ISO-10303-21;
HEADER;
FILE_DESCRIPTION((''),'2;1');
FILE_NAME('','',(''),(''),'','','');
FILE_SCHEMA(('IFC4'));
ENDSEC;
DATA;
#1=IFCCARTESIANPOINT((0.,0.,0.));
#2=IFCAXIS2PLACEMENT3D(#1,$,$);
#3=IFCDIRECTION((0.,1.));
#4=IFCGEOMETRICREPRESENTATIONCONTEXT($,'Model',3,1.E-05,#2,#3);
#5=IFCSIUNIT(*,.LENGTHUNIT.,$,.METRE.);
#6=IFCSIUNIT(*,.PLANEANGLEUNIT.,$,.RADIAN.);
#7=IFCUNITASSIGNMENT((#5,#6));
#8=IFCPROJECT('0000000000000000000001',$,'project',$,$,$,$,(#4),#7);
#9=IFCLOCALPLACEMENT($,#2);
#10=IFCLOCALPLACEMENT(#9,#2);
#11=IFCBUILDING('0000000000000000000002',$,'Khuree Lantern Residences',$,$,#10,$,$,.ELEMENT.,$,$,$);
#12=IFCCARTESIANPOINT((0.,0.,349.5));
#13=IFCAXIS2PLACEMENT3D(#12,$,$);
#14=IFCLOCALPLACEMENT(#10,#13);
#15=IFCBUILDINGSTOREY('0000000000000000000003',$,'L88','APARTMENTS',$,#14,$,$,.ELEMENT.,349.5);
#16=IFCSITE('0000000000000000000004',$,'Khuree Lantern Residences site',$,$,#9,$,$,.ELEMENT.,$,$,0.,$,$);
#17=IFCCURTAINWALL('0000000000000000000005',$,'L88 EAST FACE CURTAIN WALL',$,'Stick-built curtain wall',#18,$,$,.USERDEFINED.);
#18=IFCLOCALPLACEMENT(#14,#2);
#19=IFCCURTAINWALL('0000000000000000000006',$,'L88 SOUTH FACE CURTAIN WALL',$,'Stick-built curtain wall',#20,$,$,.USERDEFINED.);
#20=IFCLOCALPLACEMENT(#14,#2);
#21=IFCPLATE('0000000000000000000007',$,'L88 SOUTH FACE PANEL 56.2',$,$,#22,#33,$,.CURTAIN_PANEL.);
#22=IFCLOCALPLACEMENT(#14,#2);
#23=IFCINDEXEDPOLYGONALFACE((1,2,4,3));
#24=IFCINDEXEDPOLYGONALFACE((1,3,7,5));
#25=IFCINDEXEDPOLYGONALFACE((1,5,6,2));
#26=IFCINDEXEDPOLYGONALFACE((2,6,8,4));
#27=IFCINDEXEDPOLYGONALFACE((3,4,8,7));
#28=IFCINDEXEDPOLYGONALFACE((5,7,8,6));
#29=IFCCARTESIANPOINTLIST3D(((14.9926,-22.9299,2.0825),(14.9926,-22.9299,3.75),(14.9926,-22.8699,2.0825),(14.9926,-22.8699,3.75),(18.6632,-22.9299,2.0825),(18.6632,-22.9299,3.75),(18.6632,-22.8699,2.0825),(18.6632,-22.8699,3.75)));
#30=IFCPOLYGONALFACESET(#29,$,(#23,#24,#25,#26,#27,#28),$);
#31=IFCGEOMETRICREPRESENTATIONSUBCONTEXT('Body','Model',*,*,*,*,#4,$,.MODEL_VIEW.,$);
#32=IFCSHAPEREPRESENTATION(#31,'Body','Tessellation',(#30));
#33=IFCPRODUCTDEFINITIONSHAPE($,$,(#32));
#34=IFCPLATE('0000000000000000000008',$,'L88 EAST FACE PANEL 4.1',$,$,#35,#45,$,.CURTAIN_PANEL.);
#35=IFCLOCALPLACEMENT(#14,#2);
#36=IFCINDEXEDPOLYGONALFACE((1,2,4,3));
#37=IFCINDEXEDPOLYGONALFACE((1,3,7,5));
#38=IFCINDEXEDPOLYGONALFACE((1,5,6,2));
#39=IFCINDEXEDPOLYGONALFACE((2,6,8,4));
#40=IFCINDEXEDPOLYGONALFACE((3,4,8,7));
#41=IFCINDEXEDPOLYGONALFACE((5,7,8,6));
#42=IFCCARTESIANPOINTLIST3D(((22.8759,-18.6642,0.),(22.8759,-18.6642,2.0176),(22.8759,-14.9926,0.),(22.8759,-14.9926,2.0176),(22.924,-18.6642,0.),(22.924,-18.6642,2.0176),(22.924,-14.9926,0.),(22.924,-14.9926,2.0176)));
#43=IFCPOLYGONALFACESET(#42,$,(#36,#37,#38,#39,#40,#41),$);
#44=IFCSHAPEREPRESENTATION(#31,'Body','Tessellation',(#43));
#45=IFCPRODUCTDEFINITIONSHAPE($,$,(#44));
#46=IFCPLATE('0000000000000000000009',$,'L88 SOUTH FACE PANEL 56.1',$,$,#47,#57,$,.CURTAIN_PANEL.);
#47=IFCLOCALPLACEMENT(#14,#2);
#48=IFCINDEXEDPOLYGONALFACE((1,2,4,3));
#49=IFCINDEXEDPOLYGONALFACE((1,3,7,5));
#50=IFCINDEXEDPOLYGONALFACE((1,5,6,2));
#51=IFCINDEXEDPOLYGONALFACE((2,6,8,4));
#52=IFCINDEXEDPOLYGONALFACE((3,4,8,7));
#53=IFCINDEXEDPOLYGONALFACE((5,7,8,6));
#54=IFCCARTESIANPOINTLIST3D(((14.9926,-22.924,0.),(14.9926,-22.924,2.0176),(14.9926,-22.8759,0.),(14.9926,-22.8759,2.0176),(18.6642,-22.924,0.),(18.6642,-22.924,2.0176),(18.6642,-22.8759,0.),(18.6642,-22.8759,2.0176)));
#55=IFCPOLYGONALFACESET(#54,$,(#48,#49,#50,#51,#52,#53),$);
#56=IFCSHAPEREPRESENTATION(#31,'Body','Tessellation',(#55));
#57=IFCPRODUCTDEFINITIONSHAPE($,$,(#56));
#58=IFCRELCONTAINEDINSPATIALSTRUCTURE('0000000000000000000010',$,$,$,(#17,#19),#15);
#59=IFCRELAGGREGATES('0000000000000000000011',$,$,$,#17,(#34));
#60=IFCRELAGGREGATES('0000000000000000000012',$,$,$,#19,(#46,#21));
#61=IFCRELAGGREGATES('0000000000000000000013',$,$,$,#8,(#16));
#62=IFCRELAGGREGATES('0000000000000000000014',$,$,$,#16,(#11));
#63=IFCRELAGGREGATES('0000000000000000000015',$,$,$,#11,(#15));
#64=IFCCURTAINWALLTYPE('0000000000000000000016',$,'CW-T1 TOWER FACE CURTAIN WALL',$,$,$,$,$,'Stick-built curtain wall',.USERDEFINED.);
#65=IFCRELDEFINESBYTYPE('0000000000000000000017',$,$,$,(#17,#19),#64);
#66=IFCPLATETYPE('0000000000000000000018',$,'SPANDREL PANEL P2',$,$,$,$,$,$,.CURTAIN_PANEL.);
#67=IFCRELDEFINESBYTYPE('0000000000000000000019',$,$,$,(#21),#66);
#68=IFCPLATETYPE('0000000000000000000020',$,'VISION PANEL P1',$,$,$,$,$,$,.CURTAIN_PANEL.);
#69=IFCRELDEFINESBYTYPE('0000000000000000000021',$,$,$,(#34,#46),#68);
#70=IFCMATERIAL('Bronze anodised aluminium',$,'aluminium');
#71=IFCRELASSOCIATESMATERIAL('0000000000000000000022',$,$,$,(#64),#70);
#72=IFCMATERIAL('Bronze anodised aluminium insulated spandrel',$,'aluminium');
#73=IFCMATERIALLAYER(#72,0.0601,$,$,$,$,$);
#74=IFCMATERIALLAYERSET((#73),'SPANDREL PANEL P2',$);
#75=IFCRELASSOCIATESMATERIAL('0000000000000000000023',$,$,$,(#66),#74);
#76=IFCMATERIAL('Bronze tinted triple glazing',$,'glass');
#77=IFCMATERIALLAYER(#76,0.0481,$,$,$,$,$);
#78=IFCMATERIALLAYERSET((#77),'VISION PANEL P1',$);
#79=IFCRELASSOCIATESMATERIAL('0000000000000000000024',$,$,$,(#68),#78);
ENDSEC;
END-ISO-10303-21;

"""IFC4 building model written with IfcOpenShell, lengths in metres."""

from ifc_helpers import new_model, si_unit, direction, frame, origin, origin_2d, place, context, subcontext, project, spatial, rectangle, extrude, material, layer, layer_set, type_object, element, aggregate, save


model = new_model("IFC4")

# Units and contexts
model_context = context("Model", 3, precision=1e-05, world=origin(), true_north=direction((0.0, 1.0)))
body_context = subcontext(model_context, "Body", "Model", "MODEL_VIEW")
ifc_project = project(units=[si_unit("LENGTHUNIT", "METRE"), si_unit("PLANEANGLEUNIT", "RADIAN")], contexts=[model_context])

# Site, building, storey
site_placement = place(None, origin())
site = spatial("IfcSite", under=ifc_project, at=site_placement, Name="Khuree Lantern Residences site", CompositionType="ELEMENT", RefElevation=0.0)
building_placement = place(site_placement, origin())
building = spatial("IfcBuilding", under=site, at=building_placement, Name="Khuree Lantern Residences", CompositionType="ELEMENT")
storey_placement = place(building_placement, frame((0.0, 0.0, 349.5)))
storey = spatial("IfcBuildingStorey", under=building, at=storey_placement, Name="L88", Description="APARTMENTS", CompositionType="ELEMENT", Elevation=349.5)

# Shared definitions
ifc_material_1 = material(Name="Bronze anodised aluminium", Category="aluminium")

# Curtain wall
curtain_wall_type_1 = type_object("IfcCurtainWallType", Name="CW-T1 TOWER FACE CURTAIN WALL", ElementType="Stick-built curtain wall", PredefinedType="USERDEFINED", material=ifc_material_1)
curtain_wall_1_placement = place(storey_placement, origin())
curtain_wall_1 = element("IfcCurtainWall", 1, at=curtain_wall_1_placement, inside=storey, type_object=curtain_wall_type_1, Name="L88 EAST FACE CURTAIN WALL", ObjectType="Stick-built curtain wall", PredefinedType="USERDEFINED")

# Shared definitions
ifc_material_2 = material(Name="Bronze tinted triple glazing", Category="glass")
ifc_material_3 = material(Name="Bronze anodised aluminium insulated spandrel", Category="aluminium")
ifc_layer_1 = layer(ifc_material_3, 0.0601)
ifc_layer_set_1 = layer_set([ifc_layer_1], Name="SPANDREL PANEL P2")
plate_type_1 = type_object("IfcPlateType", Name="SPANDREL PANEL P2", PredefinedType="CURTAIN_PANEL", material=ifc_layer_set_1)

# Curtain wall, plate
curtain_wall_2_placement = place(storey_placement, origin())
curtain_wall_2 = element("IfcCurtainWall", 2, at=curtain_wall_2_placement, inside=storey, type_object=curtain_wall_type_1, Name="L88 SOUTH FACE CURTAIN WALL", ObjectType="Stick-built curtain wall", PredefinedType="USERDEFINED")
plate_1_placement = place(storey_placement, frame((16.8279, -22.8999, 2.0825), z_axis=(0.0, 0.0, 1.0), x_axis=(1.0, 0.0, 0.0)))
plate_1 = element("IfcPlate", 3, at=plate_1_placement, type_object=plate_type_1, Name="L88 SOUTH FACE PANEL 56.2", PredefinedType="CURTAIN_PANEL", context=body_context, shape_type="SweptSolid", body=[
    extrude(rectangle(XDim=3.6707, YDim=0.0601, at=origin_2d()), origin(), (0.0, 0.0, 1.0), 1.6675),
])

# Plates
ifc_layer_2 = layer(ifc_material_2, 0.0481)
ifc_layer_set_2 = layer_set([ifc_layer_2], Name="VISION PANEL P1")
plate_type_2 = type_object("IfcPlateType", Name="VISION PANEL P1", PredefinedType="CURTAIN_PANEL", material=ifc_layer_set_2)
plate_2_placement = place(storey_placement, frame((22.8999, -16.8284, 0.0), z_axis=(0.0, 0.0, 1.0), x_axis=(0.0, 1.0, 0.0)))
plate_2 = element("IfcPlate", 4, at=plate_2_placement, type_object=plate_type_2, Name="L88 EAST FACE PANEL 4.1", PredefinedType="CURTAIN_PANEL", context=body_context, shape_type="SweptSolid", body=[
    extrude(rectangle(XDim=3.6716, YDim=0.0481, at=origin_2d()), origin(), (0.0, 0.0, 1.0), 2.0176),
])
aggregate(curtain_wall_1, [plate_2])
plate_3_placement = place(storey_placement, frame((16.8284, -22.8999, 0.0), z_axis=(0.0, 0.0, 1.0), x_axis=(1.0, 0.0, 0.0)))
plate_3 = element("IfcPlate", 5, at=plate_3_placement, type_object=plate_type_2, Name="L88 SOUTH FACE PANEL 56.1", PredefinedType="CURTAIN_PANEL", context=body_context, shape_type="SweptSolid", body=[
    extrude(rectangle(XDim=3.6716, YDim=0.0481, at=origin_2d()), origin(), (0.0, 0.0, 1.0), 2.0176),
])
aggregate(curtain_wall_2, [plate_3, plate_1])

save(model, "model.ifc")
